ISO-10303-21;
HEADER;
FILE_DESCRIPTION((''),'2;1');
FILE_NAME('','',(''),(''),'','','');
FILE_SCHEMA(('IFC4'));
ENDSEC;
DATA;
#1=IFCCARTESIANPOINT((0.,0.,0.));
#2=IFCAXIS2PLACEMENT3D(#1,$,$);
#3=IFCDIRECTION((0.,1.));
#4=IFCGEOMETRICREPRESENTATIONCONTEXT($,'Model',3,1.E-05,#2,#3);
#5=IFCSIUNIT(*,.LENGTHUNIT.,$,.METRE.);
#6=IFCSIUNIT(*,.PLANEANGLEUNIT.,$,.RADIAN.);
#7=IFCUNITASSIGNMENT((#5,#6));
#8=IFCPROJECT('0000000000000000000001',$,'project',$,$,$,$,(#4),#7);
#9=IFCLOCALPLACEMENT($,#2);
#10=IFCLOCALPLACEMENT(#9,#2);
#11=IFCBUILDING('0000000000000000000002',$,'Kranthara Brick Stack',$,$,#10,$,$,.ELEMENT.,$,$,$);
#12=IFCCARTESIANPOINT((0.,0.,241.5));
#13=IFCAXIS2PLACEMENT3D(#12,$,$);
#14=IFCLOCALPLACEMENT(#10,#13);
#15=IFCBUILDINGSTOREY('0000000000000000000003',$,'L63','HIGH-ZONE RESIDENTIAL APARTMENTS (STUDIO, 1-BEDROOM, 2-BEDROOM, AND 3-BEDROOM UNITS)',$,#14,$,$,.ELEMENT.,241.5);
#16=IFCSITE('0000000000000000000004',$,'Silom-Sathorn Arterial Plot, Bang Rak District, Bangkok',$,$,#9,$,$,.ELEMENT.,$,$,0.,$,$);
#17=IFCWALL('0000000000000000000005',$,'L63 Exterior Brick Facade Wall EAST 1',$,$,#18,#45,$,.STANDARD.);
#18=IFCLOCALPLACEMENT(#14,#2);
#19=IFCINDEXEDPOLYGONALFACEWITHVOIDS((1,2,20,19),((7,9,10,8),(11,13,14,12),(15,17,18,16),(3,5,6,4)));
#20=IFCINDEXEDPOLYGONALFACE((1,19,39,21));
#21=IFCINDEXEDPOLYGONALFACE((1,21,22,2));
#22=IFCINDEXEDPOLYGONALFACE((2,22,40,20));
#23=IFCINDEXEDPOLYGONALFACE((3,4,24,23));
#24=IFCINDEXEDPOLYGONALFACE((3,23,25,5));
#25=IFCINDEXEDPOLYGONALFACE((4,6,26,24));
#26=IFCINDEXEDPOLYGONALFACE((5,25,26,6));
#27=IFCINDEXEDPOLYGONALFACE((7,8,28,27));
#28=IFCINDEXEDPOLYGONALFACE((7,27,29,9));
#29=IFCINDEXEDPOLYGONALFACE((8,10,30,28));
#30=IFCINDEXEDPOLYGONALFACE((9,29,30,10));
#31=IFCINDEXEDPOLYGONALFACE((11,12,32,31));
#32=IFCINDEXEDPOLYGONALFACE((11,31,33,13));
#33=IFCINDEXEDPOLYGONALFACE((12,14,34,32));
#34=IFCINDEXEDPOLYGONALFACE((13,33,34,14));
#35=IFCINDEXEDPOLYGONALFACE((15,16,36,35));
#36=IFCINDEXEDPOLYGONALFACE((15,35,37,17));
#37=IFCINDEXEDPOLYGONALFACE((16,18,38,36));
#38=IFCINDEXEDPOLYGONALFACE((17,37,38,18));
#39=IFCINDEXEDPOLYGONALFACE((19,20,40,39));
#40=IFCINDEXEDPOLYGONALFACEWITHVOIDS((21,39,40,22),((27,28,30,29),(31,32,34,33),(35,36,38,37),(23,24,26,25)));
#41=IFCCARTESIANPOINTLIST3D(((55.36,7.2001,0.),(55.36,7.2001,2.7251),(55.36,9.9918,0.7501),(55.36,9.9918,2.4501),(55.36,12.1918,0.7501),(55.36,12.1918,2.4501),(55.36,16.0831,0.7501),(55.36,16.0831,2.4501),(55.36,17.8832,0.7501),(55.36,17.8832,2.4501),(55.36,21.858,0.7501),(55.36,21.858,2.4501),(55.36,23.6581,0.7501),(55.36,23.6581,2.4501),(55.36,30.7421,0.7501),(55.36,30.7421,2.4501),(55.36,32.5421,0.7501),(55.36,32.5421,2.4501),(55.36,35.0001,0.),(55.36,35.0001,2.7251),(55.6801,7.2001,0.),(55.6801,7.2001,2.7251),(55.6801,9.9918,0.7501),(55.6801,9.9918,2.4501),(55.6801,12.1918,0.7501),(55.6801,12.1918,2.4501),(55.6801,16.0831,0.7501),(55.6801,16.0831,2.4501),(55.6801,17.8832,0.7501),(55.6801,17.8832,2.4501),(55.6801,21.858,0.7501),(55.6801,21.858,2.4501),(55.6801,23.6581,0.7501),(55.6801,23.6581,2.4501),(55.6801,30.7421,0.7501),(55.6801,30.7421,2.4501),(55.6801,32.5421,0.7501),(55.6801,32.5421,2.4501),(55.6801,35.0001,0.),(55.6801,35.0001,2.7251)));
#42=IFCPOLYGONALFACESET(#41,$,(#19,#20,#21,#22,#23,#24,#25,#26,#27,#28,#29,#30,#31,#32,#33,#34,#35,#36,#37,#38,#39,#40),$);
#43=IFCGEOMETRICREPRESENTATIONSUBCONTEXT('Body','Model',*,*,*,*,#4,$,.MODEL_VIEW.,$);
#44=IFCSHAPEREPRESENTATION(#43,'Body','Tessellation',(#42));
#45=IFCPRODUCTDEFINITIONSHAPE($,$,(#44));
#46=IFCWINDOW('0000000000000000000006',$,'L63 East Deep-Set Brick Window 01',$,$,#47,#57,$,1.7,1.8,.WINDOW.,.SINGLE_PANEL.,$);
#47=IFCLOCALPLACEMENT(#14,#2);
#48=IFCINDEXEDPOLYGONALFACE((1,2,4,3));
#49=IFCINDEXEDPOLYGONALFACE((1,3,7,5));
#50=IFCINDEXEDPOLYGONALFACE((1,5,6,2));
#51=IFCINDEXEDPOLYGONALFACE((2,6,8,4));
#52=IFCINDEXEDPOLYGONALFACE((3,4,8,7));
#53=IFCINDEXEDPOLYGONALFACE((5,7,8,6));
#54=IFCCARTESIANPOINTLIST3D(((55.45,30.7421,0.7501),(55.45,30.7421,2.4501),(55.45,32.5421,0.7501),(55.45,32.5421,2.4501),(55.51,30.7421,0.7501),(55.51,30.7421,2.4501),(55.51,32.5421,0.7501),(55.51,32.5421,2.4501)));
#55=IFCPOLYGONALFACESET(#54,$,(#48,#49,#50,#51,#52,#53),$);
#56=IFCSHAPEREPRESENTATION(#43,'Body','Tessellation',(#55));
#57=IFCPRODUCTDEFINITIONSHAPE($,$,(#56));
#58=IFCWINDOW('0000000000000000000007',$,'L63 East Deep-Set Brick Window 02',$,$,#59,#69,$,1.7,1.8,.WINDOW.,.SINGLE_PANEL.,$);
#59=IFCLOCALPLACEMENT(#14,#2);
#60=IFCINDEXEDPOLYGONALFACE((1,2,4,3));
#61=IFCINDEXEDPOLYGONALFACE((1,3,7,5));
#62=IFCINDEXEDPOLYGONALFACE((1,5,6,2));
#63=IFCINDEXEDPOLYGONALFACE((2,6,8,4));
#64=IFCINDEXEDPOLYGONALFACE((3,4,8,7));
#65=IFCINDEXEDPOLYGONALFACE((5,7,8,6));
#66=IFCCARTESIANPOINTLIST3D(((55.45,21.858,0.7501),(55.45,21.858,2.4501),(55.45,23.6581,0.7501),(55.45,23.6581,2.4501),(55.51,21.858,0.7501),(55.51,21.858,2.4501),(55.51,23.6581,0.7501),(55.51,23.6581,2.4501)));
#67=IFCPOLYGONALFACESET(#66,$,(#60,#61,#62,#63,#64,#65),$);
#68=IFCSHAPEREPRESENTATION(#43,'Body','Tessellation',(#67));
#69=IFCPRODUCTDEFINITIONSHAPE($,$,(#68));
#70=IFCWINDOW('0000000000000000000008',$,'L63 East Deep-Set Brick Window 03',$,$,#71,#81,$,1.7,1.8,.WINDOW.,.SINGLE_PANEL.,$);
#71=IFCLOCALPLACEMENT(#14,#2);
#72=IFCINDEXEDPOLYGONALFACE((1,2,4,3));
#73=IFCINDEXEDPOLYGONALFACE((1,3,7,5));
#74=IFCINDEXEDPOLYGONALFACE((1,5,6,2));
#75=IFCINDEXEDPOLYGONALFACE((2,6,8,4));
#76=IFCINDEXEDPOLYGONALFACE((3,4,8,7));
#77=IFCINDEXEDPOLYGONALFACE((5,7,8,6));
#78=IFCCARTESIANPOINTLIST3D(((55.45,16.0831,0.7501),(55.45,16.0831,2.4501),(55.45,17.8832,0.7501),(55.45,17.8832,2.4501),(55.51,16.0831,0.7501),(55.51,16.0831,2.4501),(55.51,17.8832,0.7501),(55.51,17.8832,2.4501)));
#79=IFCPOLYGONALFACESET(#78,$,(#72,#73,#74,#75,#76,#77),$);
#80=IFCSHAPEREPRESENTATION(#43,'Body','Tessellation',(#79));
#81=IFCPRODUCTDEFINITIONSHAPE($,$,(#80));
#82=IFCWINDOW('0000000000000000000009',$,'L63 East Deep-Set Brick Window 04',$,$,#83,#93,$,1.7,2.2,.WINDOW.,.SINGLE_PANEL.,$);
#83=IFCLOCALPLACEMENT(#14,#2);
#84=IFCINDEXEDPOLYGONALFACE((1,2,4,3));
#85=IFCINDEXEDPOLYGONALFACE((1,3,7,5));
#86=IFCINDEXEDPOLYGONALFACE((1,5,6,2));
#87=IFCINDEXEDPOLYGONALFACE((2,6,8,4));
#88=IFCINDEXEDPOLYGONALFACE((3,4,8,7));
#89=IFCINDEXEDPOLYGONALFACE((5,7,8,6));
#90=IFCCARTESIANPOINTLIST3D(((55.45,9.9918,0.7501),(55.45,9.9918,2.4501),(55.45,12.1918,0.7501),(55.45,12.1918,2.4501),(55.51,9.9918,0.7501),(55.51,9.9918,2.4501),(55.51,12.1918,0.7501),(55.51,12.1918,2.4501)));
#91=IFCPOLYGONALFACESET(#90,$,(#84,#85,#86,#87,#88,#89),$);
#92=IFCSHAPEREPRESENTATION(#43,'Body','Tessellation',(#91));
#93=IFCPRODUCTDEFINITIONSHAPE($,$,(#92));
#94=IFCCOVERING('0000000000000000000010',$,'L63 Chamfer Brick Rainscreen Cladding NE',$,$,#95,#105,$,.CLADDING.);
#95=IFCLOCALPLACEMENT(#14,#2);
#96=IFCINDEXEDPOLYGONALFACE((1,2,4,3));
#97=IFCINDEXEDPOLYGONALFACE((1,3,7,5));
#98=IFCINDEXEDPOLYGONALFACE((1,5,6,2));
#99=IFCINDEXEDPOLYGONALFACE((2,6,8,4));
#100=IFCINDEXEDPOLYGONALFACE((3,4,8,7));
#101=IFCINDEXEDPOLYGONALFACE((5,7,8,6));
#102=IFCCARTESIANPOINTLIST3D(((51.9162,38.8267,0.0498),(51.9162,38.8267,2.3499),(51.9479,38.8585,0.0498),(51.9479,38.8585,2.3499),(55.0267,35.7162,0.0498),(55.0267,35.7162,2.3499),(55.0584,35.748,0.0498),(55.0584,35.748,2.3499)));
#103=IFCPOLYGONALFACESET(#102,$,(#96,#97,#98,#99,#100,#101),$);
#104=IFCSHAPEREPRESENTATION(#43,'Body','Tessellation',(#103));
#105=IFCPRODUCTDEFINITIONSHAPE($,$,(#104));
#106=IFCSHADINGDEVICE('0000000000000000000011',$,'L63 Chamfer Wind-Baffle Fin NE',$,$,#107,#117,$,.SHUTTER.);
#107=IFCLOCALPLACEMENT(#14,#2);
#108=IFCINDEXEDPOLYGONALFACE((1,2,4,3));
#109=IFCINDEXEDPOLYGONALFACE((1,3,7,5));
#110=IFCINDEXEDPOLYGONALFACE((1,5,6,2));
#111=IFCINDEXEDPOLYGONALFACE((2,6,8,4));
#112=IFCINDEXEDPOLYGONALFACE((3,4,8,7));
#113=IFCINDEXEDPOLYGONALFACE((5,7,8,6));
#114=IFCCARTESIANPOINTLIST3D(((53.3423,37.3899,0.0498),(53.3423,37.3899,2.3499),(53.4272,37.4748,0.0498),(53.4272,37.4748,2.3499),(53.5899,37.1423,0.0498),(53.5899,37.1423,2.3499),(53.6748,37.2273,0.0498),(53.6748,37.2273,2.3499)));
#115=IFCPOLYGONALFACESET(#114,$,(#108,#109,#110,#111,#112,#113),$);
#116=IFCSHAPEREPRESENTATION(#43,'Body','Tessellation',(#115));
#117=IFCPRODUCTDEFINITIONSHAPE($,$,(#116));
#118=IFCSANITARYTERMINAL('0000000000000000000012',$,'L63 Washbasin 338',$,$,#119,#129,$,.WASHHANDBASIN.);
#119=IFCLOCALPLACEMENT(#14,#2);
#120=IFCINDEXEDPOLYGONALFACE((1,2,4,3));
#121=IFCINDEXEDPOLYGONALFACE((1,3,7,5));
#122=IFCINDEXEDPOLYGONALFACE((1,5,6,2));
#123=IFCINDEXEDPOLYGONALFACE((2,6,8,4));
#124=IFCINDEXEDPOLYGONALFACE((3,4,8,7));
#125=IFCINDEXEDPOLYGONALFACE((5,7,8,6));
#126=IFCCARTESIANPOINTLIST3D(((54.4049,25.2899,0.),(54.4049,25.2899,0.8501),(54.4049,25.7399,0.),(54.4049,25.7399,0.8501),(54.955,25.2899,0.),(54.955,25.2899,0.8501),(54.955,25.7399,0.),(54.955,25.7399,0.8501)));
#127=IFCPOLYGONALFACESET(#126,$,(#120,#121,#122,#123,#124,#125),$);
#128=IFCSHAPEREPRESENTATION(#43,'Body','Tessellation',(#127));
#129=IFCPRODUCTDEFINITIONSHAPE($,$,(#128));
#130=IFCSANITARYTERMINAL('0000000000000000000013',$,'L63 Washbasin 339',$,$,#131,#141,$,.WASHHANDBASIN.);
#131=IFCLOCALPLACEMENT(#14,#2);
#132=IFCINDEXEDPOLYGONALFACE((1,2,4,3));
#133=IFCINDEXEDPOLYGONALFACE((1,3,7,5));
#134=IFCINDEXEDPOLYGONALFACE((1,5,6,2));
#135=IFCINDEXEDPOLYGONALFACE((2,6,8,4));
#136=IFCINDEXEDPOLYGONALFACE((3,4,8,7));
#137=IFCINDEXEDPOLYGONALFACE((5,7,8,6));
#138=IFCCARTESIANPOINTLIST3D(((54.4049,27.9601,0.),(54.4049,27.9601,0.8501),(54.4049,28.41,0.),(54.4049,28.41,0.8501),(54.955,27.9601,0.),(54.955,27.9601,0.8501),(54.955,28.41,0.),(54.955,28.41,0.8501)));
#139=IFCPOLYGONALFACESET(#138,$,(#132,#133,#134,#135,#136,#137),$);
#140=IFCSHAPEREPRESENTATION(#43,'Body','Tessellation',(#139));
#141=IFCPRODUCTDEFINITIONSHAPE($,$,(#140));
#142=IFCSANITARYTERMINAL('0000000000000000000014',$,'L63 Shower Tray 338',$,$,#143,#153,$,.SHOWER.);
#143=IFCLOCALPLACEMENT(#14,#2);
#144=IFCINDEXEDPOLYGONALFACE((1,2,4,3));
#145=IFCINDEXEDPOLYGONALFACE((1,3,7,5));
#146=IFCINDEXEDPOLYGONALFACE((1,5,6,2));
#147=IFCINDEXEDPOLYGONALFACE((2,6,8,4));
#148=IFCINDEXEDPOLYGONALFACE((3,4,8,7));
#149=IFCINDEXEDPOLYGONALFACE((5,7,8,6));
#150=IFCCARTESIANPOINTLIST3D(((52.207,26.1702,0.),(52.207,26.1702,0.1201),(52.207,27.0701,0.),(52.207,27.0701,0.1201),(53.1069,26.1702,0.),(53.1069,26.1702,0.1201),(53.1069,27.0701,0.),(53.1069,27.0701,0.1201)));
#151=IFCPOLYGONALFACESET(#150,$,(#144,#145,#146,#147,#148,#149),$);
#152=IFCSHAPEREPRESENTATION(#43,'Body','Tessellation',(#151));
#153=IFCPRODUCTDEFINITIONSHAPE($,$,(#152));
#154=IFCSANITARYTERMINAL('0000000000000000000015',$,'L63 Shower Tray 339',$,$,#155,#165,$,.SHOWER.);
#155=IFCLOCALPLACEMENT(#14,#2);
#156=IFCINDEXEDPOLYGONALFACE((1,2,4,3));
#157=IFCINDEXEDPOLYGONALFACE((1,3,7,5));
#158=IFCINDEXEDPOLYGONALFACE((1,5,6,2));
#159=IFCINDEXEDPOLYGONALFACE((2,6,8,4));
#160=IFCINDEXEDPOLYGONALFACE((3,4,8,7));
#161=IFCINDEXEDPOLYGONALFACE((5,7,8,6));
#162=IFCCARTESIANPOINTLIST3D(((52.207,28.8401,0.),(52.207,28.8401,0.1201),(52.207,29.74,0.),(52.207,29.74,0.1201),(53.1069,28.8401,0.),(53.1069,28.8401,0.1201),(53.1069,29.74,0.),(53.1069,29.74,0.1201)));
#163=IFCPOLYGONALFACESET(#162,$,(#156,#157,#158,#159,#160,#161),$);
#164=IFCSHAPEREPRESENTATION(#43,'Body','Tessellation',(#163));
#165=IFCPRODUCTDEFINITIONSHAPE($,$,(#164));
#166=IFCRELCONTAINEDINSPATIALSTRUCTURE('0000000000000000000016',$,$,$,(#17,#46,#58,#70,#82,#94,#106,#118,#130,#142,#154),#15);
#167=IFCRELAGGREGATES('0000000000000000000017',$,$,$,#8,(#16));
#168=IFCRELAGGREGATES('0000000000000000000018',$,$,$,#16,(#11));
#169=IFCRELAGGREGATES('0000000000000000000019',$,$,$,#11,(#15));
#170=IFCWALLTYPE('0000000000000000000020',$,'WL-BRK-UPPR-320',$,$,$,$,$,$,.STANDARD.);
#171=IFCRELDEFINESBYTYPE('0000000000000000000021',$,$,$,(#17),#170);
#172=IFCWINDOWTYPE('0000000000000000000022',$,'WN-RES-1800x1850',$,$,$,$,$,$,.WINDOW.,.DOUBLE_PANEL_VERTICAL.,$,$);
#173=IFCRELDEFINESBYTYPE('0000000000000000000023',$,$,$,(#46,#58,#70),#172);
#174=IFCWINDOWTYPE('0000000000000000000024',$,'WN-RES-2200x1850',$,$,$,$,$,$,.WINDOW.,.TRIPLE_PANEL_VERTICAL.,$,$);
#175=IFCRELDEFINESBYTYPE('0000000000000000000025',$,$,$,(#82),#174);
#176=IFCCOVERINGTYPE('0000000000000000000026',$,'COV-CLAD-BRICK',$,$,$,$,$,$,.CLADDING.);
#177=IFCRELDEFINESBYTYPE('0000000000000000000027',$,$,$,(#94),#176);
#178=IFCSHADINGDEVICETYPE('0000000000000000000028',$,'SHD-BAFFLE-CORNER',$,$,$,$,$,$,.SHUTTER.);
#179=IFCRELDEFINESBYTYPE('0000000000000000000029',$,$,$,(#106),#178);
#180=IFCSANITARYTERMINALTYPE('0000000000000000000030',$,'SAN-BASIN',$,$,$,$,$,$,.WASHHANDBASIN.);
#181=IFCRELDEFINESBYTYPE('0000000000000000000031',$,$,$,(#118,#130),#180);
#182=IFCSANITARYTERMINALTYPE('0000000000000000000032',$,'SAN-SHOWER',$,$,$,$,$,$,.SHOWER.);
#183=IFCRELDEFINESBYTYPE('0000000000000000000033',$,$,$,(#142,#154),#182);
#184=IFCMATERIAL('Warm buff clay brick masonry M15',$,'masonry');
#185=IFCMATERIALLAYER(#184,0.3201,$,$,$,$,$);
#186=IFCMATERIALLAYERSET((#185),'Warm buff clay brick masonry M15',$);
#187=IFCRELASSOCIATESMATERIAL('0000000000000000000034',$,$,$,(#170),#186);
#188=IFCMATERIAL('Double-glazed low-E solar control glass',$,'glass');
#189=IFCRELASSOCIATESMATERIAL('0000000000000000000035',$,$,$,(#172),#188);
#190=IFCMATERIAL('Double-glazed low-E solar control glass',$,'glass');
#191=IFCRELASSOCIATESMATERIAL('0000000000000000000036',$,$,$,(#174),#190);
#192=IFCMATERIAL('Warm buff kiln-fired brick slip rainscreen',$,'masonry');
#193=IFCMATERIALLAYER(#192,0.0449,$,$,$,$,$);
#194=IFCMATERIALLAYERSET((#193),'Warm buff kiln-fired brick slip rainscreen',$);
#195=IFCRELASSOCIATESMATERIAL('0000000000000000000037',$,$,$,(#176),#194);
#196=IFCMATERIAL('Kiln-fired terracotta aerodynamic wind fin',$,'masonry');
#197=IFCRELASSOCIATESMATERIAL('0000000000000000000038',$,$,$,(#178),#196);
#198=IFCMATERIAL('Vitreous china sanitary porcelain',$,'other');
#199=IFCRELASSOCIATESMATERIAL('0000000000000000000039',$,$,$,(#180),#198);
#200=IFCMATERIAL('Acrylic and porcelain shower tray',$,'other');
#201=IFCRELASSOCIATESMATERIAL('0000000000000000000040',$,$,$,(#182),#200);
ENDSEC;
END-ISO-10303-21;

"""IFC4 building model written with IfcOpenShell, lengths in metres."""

from ifc_helpers import new_model, si_unit, direction, frame, frame_2d, origin, origin_2d, place, context, subcontext, project, spatial, rectangle, extrude, material, layer, layer_set, type_object, element, fill, save


model = new_model("IFC4")

# Units and contexts
model_context = context("Model", 3, precision=1e-05, world=origin(), true_north=direction((0.0, 1.0)))
body_context = subcontext(model_context, "Body", "Model", "MODEL_VIEW")
ifc_project = project(units=[si_unit("LENGTHUNIT", "METRE"), si_unit("PLANEANGLEUNIT", "RADIAN")], contexts=[model_context])

# Site, building, storey
site_placement = place(None, origin())
site = spatial("IfcSite", under=ifc_project, at=site_placement, Name="Silom-Sathorn Arterial Plot, Bang Rak District, Bangkok", CompositionType="ELEMENT", RefElevation=0.0)
building_placement = place(site_placement, origin())
building = spatial("IfcBuilding", under=site, at=building_placement, Name="Kranthara Brick Stack", CompositionType="ELEMENT")
storey_placement = place(building_placement, frame((0.0, 0.0, 241.5)))
storey = spatial("IfcBuildingStorey", under=building, at=storey_placement, Name="L63", Description="HIGH-ZONE RESIDENTIAL APARTMENTS (STUDIO, 1-BEDROOM, 2-BEDROOM, AND 3-BEDROOM UNITS)", CompositionType="ELEMENT", Elevation=241.5)

# Shared definitions
ifc_material_1 = material(Name="Warm buff clay brick masonry M15", Category="masonry")
ifc_layer_1 = layer(ifc_material_1, 0.3201)
ifc_layer_set_1 = layer_set([ifc_layer_1], Name="Warm buff clay brick masonry M15")
wall_type = type_object("IfcWallType", Name="WL-BRK-UPPR-320", PredefinedType="STANDARD", material=ifc_layer_set_1)

# Wall, openings, windows
wall_1_placement = place(storey_placement, frame((55.52, 35.0, 0.0), z_axis=(0.0, 0.0, 1.0), x_axis=(0.0, -1.0, 0.0)))
wall_1 = element("IfcWall", 1, at=wall_1_placement, inside=storey, type_object=wall_type, Name="L63 Exterior Brick Facade Wall EAST 1", PredefinedType="STANDARD", context=body_context, shape_type="SweptSolid", body=[
    extrude(rectangle(XDim=27.8, YDim=0.3201, at=frame_2d((13.8999, 0.0))), origin(), (0.0, 0.0, 1.0), 2.7251),
])
opening_1_placement = place(wall_1_placement, frame((2.458, 0.0, 0.75)))
opening_1 = element("IfcOpeningElement", 2, at=opening_1_placement, cuts=wall_1, PredefinedType="OPENING", context=body_context, shape_type="SweptSolid", body=[
    extrude(rectangle(XDim=1.8, YDim=1.7, at=frame_2d((0.8999, 0.8501))), frame((0.0, 0.1699, 0.0), z_axis=(0.0, -1.0, 0.0), x_axis=(1.0, 0.0, 0.0)), (0.0, 0.0, 1.0), 0.3401),
])
opening_2_placement = place(wall_1_placement, frame((11.342, 0.0, 0.75)))
opening_2 = element("IfcOpeningElement", 3, at=opening_2_placement, cuts=wall_1, PredefinedType="OPENING", context=body_context, shape_type="SweptSolid", body=[
    extrude(rectangle(XDim=1.8, YDim=1.7, at=frame_2d((0.8999, 0.8501))), frame((0.0, 0.1699, 0.0), z_axis=(0.0, -1.0, 0.0), x_axis=(1.0, 0.0, 0.0)), (0.0, 0.0, 1.0), 0.3401),
])
opening_3_placement = place(wall_1_placement, frame((17.1169, 0.0, 0.75)))
opening_3 = element("IfcOpeningElement", 4, at=opening_3_placement, cuts=wall_1, PredefinedType="OPENING", context=body_context, shape_type="SweptSolid", body=[
    extrude(rectangle(XDim=1.8, YDim=1.7, at=frame_2d((0.8999, 0.8501))), frame((0.0, 0.1699, 0.0), z_axis=(0.0, -1.0, 0.0), x_axis=(1.0, 0.0, 0.0)), (0.0, 0.0, 1.0), 0.3401),
])
opening_4_placement = place(wall_1_placement, frame((22.8081, 0.0, 0.75)))
opening_4 = element("IfcOpeningElement", 5, at=opening_4_placement, cuts=wall_1, PredefinedType="OPENING", context=body_context, shape_type="SweptSolid", body=[
    extrude(rectangle(XDim=2.2, YDim=1.7, at=frame_2d((1.1001, 0.8501))), frame((0.0, 0.1699, 0.0), z_axis=(0.0, -1.0, 0.0), x_axis=(1.0, 0.0, 0.0)), (0.0, 0.0, 1.0), 0.3401),
])
ifc_material_2 = material(Name="Double-glazed low-E solar control glass", Category="glass")
window_type_1 = type_object("IfcWindowType", Name="WN-RES-1800x1850", PartitioningType="DOUBLE_PANEL_VERTICAL", PredefinedType="WINDOW", material=ifc_material_2)
window_1_placement = place(opening_1_placement, origin())
window_1 = element("IfcWindow", 6, at=window_1_placement, inside=storey, type_object=window_type_1, Name="L63 East Deep-Set Brick Window 01", OverallHeight=1.7, OverallWidth=1.8, PartitioningType="SINGLE_PANEL", PredefinedType="WINDOW", context=body_context, shape_type="SweptSolid", body=[
    extrude(rectangle(XDim=1.8, YDim=1.7, at=frame_2d((0.8999, 0.8501))), frame((0.0, -0.01, 0.0), z_axis=(0.0, -1.0, 0.0), x_axis=(1.0, 0.0, 0.0)), (0.0, 0.0, 1.0), 0.0601),
])
fill(opening_1, window_1)
window_2_placement = place(opening_2_placement, origin())
window_2 = element("IfcWindow", 7, at=window_2_placement, inside=storey, type_object=window_type_1, Name="L63 East Deep-Set Brick Window 02", OverallHeight=1.7, OverallWidth=1.8, PartitioningType="SINGLE_PANEL", PredefinedType="WINDOW", context=body_context, shape_type="SweptSolid", body=[
    extrude(rectangle(XDim=1.8, YDim=1.7, at=frame_2d((0.8999, 0.8501))), frame((0.0, -0.01, 0.0), z_axis=(0.0, -1.0, 0.0), x_axis=(1.0, 0.0, 0.0)), (0.0, 0.0, 1.0), 0.0601),
])
fill(opening_2, window_2)
window_3_placement = place(opening_3_placement, origin())
window_3 = element("IfcWindow", 8, at=window_3_placement, inside=storey, type_object=window_type_1, Name="L63 East Deep-Set Brick Window 03", OverallHeight=1.7, OverallWidth=1.8, PartitioningType="SINGLE_PANEL", PredefinedType="WINDOW", context=body_context, shape_type="SweptSolid", body=[
    extrude(rectangle(XDim=1.8, YDim=1.7, at=frame_2d((0.8999, 0.8501))), frame((0.0, -0.01, 0.0), z_axis=(0.0, -1.0, 0.0), x_axis=(1.0, 0.0, 0.0)), (0.0, 0.0, 1.0), 0.0601),
])
fill(opening_3, window_3)
ifc_material_3 = material(Name="Double-glazed low-E solar control glass", Category="glass")
window_type_2 = type_object("IfcWindowType", Name="WN-RES-2200x1850", PartitioningType="TRIPLE_PANEL_VERTICAL", PredefinedType="WINDOW", material=ifc_material_3)
window_4_placement = place(opening_4_placement, origin())
window_4 = element("IfcWindow", 9, at=window_4_placement, inside=storey, type_object=window_type_2, Name="L63 East Deep-Set Brick Window 04", OverallHeight=1.7, OverallWidth=2.2, PartitioningType="SINGLE_PANEL", PredefinedType="WINDOW", context=body_context, shape_type="SweptSolid", body=[
    extrude(rectangle(XDim=2.2, YDim=1.7, at=frame_2d((1.1001, 0.8501))), frame((0.0, -0.01, 0.0), z_axis=(0.0, -1.0, 0.0), x_axis=(1.0, 0.0, 0.0)), (0.0, 0.0, 1.0), 0.0601),
])
fill(opening_4, window_4)

# Covering
ifc_material_4 = material(Name="Warm buff kiln-fired brick slip rainscreen", Category="masonry")
ifc_layer_2 = layer(ifc_material_4, 0.0449)
ifc_layer_set_2 = layer_set([ifc_layer_2], Name="Warm buff kiln-fired brick slip rainscreen")
covering_type = type_object("IfcCoveringType", Name="COV-CLAD-BRICK", PredefinedType="CLADDING", material=ifc_layer_set_2)
covering_placement = place(storey_placement, frame((53.4873, 37.2874, 0.0498), z_axis=(0.0, 0.0, 1.0), x_axis=(0.707107, -0.707107, 0.0)))
element("IfcCovering", 10, at=covering_placement, inside=storey, type_object=covering_type, Name="L63 Chamfer Brick Rainscreen Cladding NE", PredefinedType="CLADDING", context=body_context, shape_type="SweptSolid", body=[
    extrude(rectangle(XDim=4.3989, YDim=0.0449, at=origin_2d()), origin(), (0.0, 0.0, 1.0), 2.3),
])

# Shading device
ifc_material_5 = material(Name="Kiln-fired terracotta aerodynamic wind fin", Category="masonry")
shading_device_type = type_object("IfcShadingDeviceType", Name="SHD-BAFFLE-CORNER", PredefinedType="SHUTTER", material=ifc_material_5)
shading_device_placement = place(storey_placement, frame((53.5085, 37.3086, 0.0498), z_axis=(0.0, 0.0, 1.0), x_axis=(0.707107, -0.707107, 0.0)))
element("IfcShadingDevice", 11, at=shading_device_placement, inside=storey, type_object=shading_device_type, Name="L63 Chamfer Wind-Baffle Fin NE", PredefinedType="SHUTTER", context=body_context, shape_type="SweptSolid", body=[
    extrude(rectangle(XDim=0.3501, YDim=0.1201, at=origin_2d()), origin(), (0.0, 0.0, 1.0), 2.3),
])

# Sanitary terminals
ifc_material_6 = material(Name="Vitreous china sanitary porcelain", Category="other")
sanitary_terminal_type_1 = type_object("IfcSanitaryTerminalType", Name="SAN-BASIN", PredefinedType="WASHHANDBASIN", material=ifc_material_6)
for number, where, z_axis, x_axis, name in (
    (12, (54.6799, 25.5149, 0.0), (0.0, 0.0, 1.0), (1.0, 0.0, 0.0), "L63 Washbasin 338"),
    (13, (54.6799, 28.1851, 0.0), (0.0, 0.0, 1.0), (1.0, 0.0, 0.0), "L63 Washbasin 339"),
):
    element("IfcSanitaryTerminal", number, at=place(storey_placement, frame(where, z_axis=z_axis, x_axis=x_axis)), inside=storey, type_object=sanitary_terminal_type_1, Name=name, PredefinedType="WASHHANDBASIN", context=body_context, shape_type="SweptSolid", body=[
        extrude(rectangle(XDim=0.55, YDim=0.45, at=origin_2d()), origin(), (0.0, 0.0, 1.0), 0.8501),
    ])
ifc_material_7 = material(Name="Acrylic and porcelain shower tray", Category="other")
sanitary_terminal_type_2 = type_object("IfcSanitaryTerminalType", Name="SAN-SHOWER", PredefinedType="SHOWER", material=ifc_material_7)
for number, where, z_axis, x_axis, name in (
    (14, (52.657, 26.6201, 0.0), (0.0, 0.0, 1.0), (1.0, 0.0, 0.0), "L63 Shower Tray 338"),
    (15, (52.657, 29.29, 0.0), (0.0, 0.0, 1.0), (1.0, 0.0, 0.0), "L63 Shower Tray 339"),
):
    element("IfcSanitaryTerminal", number, at=place(storey_placement, frame(where, z_axis=z_axis, x_axis=x_axis)), inside=storey, type_object=sanitary_terminal_type_2, Name=name, PredefinedType="SHOWER", context=body_context, shape_type="SweptSolid", body=[
        extrude(rectangle(XDim=0.8999, YDim=0.8999, at=origin_2d()), origin(), (0.0, 0.0, 1.0), 0.1201),
    ])

save(model, "model.ifc")
